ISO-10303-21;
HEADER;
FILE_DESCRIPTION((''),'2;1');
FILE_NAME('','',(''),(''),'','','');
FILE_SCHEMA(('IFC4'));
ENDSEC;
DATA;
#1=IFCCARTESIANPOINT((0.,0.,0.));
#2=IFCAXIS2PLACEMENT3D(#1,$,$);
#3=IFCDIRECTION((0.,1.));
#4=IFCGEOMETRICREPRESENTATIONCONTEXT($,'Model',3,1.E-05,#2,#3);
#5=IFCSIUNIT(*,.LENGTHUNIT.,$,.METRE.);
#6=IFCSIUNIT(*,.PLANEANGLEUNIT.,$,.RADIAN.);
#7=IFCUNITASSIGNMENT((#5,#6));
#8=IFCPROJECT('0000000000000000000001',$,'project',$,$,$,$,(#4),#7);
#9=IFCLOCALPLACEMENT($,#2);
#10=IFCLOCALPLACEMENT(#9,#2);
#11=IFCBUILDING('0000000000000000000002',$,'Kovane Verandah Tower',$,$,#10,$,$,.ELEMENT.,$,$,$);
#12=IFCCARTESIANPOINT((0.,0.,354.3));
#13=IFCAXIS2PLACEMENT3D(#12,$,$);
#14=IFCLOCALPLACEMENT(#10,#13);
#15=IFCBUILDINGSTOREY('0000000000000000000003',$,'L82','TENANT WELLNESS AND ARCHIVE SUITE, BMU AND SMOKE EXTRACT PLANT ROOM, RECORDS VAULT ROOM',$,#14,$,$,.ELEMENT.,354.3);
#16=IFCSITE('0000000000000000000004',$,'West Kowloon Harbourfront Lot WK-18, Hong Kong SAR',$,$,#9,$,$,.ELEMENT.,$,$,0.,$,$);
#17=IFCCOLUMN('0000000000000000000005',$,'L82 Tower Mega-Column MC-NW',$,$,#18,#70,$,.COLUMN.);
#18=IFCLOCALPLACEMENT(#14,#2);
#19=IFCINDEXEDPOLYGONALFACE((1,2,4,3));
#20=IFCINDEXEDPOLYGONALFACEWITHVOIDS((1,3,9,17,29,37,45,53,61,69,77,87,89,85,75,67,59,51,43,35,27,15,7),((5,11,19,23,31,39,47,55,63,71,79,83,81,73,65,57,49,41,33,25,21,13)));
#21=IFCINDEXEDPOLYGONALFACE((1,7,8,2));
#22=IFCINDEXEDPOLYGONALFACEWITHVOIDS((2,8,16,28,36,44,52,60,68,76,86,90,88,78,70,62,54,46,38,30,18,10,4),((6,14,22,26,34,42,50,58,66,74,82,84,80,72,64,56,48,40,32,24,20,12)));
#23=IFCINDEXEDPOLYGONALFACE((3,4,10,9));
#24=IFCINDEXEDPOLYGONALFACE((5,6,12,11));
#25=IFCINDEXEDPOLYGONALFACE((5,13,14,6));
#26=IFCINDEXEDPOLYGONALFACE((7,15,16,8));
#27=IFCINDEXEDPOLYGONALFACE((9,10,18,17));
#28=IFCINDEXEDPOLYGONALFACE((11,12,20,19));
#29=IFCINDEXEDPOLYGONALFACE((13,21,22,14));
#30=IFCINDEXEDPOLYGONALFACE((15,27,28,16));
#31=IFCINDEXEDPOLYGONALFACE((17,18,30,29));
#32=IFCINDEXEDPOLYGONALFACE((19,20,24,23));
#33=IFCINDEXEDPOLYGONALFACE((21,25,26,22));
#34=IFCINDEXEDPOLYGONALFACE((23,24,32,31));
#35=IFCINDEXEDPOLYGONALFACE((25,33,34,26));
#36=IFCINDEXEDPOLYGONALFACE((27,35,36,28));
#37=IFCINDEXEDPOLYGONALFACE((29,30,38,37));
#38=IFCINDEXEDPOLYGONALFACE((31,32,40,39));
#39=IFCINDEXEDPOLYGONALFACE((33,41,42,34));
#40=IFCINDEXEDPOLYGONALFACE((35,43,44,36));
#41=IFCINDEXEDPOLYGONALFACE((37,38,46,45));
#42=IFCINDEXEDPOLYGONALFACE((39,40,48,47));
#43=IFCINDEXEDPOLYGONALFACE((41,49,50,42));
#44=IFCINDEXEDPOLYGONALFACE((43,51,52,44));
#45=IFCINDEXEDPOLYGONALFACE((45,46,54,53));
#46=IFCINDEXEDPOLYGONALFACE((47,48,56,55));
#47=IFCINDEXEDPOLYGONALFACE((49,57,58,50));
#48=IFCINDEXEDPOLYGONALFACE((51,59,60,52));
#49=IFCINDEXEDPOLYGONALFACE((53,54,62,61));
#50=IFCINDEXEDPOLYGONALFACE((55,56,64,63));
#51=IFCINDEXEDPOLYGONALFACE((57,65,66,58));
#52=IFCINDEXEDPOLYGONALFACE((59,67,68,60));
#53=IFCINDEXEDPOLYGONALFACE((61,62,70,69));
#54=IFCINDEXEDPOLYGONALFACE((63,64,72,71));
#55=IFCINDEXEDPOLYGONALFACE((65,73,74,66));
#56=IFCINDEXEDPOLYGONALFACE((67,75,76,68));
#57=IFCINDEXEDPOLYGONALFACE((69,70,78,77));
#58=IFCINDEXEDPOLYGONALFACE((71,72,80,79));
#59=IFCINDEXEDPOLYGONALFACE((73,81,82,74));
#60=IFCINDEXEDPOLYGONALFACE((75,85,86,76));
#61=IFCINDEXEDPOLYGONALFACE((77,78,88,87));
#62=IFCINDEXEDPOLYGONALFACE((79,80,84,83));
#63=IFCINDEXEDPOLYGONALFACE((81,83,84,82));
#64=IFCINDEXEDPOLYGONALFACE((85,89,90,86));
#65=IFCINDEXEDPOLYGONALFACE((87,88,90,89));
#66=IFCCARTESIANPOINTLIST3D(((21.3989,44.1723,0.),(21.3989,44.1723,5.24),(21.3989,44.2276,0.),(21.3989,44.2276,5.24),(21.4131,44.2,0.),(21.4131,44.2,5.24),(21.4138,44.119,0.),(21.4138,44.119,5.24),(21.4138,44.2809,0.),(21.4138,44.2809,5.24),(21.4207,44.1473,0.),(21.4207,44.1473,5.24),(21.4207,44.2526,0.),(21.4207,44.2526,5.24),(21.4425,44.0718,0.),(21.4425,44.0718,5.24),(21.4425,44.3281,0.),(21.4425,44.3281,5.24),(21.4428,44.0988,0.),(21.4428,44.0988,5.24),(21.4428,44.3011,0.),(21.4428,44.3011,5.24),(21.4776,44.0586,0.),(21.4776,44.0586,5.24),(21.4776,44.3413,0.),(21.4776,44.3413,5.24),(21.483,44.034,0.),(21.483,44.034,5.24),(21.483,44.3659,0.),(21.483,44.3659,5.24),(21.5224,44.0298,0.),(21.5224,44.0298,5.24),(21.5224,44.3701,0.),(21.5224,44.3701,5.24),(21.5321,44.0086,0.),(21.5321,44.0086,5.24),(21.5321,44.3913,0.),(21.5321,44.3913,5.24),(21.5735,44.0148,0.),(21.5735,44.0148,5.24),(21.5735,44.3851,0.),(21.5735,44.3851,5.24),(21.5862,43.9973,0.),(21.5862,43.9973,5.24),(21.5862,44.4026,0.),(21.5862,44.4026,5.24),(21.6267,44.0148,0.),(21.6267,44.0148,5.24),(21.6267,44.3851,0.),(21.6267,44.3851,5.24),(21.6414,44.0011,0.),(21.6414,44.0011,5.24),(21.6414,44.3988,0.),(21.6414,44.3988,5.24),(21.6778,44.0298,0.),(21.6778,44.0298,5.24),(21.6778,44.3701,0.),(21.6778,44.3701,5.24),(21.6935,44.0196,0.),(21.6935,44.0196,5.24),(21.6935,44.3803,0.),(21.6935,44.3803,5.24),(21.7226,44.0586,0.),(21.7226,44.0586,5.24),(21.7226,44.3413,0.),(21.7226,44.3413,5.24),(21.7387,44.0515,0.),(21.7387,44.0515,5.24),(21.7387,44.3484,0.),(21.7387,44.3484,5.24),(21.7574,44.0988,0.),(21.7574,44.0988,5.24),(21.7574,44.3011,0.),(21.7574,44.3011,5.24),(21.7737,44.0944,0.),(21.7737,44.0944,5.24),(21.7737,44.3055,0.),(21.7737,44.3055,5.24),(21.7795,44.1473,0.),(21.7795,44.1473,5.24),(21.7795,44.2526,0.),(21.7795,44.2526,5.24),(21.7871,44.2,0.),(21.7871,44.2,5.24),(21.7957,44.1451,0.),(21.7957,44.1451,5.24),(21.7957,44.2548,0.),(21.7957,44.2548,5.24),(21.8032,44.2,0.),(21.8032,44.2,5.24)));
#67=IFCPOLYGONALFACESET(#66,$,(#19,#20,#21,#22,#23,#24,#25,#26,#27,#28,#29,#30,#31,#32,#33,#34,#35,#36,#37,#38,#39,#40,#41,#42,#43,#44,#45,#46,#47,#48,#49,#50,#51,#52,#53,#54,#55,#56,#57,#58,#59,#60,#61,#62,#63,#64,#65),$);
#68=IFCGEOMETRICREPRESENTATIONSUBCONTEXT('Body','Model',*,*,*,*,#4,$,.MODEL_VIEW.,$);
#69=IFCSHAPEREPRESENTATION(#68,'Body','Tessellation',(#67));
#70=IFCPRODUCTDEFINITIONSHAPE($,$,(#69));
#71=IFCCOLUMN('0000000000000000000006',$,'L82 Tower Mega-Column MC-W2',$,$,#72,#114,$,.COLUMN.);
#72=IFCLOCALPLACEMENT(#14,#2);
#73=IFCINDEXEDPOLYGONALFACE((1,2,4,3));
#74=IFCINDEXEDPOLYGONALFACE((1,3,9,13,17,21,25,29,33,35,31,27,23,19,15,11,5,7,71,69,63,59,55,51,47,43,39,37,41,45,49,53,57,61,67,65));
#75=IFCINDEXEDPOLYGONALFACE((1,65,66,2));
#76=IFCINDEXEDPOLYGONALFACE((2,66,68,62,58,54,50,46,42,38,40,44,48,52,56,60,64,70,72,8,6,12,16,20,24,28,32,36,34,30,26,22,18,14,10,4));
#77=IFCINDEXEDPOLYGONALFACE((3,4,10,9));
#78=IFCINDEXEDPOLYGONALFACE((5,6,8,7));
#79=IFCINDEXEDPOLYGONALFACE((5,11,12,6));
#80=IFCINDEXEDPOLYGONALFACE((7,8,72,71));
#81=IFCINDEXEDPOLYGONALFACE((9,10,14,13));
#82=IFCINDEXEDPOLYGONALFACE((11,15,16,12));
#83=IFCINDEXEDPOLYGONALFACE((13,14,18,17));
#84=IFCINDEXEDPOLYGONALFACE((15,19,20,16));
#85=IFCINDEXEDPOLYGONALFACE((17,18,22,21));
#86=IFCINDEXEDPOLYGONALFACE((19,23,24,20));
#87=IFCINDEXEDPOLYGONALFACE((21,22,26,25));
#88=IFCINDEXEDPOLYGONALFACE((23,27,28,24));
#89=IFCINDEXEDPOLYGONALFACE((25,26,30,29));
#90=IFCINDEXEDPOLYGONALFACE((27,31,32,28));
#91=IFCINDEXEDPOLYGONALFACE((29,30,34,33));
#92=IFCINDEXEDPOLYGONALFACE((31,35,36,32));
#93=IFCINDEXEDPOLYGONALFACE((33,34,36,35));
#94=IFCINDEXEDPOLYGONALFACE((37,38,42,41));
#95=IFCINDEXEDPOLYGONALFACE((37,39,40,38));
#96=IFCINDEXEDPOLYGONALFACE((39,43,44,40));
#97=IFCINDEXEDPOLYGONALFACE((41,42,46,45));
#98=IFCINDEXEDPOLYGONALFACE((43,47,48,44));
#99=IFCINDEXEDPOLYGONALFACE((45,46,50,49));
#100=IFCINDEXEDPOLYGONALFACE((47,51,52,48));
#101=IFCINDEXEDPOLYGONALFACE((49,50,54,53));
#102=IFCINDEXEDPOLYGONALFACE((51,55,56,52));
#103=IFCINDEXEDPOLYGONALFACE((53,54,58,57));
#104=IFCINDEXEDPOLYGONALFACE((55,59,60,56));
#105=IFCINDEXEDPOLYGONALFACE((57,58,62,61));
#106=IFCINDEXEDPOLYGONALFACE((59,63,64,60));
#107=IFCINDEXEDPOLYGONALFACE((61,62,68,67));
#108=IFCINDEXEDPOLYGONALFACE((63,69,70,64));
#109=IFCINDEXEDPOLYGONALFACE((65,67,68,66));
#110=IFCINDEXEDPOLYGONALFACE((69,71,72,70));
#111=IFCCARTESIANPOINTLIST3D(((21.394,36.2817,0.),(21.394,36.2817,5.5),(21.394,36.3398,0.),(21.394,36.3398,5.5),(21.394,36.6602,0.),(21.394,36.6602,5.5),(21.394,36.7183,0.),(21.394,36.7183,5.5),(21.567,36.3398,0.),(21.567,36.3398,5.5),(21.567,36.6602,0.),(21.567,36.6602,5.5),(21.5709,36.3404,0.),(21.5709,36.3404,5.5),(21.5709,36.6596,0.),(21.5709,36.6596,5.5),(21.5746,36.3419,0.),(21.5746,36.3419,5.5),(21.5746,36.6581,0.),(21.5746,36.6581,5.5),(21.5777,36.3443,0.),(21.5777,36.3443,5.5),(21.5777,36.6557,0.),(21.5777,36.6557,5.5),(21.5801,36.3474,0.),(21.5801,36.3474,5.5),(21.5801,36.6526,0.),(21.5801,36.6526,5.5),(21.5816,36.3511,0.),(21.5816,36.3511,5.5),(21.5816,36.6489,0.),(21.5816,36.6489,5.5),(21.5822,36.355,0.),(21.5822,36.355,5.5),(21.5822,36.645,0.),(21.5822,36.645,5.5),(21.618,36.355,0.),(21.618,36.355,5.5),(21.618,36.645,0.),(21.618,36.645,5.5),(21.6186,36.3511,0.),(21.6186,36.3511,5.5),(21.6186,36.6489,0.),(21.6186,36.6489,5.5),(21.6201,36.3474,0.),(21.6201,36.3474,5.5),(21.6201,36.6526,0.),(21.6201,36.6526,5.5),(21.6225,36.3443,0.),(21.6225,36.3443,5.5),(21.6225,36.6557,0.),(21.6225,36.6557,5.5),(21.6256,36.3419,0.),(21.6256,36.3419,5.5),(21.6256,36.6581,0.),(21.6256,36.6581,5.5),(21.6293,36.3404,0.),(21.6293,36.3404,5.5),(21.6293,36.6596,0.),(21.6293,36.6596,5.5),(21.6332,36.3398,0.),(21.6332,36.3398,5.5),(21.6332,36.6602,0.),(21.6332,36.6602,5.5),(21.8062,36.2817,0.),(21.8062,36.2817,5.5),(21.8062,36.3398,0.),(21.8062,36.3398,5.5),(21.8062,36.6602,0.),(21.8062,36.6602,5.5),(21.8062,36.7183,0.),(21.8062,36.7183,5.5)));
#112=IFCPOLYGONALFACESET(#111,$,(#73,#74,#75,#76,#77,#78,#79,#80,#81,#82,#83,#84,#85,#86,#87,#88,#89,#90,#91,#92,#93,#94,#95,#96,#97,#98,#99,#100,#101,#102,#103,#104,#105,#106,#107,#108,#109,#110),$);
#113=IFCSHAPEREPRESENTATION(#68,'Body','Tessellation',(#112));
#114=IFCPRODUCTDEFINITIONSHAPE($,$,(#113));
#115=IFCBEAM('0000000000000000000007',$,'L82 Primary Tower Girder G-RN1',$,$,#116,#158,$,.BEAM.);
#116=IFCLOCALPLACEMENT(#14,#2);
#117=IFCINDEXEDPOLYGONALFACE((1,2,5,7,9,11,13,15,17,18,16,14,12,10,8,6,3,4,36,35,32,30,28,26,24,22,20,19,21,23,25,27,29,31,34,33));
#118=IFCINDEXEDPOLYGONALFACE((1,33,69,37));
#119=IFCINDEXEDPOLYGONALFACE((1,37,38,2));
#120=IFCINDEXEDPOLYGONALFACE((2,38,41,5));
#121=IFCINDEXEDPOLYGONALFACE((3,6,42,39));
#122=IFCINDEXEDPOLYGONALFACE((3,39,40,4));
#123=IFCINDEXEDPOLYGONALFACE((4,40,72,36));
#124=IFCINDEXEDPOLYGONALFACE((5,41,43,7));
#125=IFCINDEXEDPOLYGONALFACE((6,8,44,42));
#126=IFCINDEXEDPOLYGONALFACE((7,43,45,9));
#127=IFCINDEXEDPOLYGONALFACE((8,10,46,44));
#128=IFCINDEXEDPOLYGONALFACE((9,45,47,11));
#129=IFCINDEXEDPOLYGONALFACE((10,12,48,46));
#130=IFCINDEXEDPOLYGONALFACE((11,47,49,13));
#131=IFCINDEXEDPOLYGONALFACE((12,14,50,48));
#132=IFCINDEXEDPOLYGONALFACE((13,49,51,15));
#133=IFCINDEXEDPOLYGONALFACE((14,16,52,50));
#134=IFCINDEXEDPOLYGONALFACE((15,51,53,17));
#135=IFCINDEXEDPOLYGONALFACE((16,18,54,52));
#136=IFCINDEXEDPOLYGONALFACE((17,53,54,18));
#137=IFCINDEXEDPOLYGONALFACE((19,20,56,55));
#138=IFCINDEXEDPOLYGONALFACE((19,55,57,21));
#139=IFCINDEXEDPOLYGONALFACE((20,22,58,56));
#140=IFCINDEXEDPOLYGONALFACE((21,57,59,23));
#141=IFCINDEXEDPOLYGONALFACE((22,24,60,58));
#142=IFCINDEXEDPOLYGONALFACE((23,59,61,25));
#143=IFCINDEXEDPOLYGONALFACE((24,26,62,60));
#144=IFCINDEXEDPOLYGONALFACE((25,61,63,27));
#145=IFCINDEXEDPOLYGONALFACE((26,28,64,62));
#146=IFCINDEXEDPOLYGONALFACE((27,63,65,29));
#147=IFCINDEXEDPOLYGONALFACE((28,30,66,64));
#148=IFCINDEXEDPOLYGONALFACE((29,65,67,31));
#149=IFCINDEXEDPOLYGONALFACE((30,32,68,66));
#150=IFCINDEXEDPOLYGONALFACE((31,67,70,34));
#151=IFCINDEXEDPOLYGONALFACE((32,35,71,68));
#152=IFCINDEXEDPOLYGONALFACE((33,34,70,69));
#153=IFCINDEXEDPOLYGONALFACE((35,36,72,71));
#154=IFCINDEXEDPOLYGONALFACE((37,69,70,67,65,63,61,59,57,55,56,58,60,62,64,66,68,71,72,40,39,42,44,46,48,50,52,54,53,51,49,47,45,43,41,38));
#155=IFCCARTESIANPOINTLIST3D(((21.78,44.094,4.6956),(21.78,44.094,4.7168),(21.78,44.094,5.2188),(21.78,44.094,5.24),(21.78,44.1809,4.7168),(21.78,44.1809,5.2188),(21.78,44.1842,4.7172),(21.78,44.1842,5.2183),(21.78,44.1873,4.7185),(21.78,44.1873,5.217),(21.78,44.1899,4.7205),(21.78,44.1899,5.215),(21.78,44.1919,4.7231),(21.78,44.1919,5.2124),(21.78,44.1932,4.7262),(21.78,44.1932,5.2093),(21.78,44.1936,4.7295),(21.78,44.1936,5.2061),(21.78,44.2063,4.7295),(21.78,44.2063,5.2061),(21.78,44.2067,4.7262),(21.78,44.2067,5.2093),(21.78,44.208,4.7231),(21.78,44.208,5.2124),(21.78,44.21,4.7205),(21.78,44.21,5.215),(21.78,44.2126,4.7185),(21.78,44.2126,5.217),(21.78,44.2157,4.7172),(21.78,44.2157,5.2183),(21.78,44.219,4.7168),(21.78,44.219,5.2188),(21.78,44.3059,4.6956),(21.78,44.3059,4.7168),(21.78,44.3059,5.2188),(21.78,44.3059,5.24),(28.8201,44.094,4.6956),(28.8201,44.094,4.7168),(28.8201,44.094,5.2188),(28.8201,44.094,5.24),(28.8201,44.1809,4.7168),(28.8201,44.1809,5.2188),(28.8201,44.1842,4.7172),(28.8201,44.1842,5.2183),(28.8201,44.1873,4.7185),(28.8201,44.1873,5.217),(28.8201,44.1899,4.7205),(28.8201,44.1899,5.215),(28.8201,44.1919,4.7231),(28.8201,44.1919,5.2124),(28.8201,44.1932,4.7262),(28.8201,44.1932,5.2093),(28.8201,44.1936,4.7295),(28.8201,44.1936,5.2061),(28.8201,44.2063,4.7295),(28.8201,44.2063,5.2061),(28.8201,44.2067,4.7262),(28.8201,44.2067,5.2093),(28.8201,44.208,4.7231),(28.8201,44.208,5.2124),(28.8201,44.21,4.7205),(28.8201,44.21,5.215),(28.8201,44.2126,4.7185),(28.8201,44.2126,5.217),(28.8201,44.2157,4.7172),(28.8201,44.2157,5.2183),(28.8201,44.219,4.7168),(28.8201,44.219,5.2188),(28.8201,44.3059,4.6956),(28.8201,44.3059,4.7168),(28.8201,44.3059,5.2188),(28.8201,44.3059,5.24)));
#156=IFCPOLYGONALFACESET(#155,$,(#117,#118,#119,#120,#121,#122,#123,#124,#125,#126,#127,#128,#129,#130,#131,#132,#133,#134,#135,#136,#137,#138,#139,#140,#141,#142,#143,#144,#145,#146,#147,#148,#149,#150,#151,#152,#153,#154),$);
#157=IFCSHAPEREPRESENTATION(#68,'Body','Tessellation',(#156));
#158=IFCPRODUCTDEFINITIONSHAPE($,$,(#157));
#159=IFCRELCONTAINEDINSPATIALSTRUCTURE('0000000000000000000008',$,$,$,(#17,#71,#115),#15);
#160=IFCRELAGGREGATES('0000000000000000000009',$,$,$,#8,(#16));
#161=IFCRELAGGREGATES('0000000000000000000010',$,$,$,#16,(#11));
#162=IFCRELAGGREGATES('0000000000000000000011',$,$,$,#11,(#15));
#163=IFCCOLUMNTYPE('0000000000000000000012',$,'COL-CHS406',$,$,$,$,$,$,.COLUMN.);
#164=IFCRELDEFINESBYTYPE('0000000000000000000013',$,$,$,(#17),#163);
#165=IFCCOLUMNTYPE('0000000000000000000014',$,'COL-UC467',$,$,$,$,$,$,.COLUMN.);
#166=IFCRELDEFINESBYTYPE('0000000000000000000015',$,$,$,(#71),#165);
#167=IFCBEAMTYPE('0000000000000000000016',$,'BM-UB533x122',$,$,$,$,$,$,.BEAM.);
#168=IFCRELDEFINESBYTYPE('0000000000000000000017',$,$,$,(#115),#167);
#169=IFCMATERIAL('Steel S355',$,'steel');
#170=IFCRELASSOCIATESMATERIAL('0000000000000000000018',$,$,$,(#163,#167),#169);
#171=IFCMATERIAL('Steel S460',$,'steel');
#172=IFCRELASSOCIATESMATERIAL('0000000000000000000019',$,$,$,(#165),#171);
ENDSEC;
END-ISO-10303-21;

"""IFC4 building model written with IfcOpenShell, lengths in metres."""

from ifc_helpers import new_model, si_unit, direction, frame, origin, origin_2d, place, context, subcontext, project, spatial, hollow_circle, i_section, extrude, material, material_profile, profile_set, type_object, element, save


model = new_model("IFC4")

# Units and contexts
model_context = context("Model", 3, precision=1e-05, world=origin(), true_north=direction((0.0, 1.0)))
body_context = subcontext(model_context, "Body", "Model", "MODEL_VIEW")
ifc_project = project(units=[si_unit("LENGTHUNIT", "METRE"), si_unit("PLANEANGLEUNIT", "RADIAN")], contexts=[model_context])

# Site, building, storey
site_placement = place(None, origin())
site = spatial("IfcSite", under=ifc_project, at=site_placement, Name="West Kowloon Harbourfront Lot WK-18, Hong Kong SAR", CompositionType="ELEMENT", RefElevation=0.0)
building_placement = place(site_placement, origin())
building = spatial("IfcBuilding", under=site, at=building_placement, Name="Kovane Verandah Tower", CompositionType="ELEMENT")
storey_placement = place(building_placement, frame((0.0, 0.0, 354.3)))
storey = spatial("IfcBuildingStorey", under=building, at=storey_placement, Name="L82", Description="TENANT WELLNESS AND ARCHIVE SUITE, BMU AND SMOKE EXTRACT PLANT ROOM, RECORDS VAULT ROOM", CompositionType="ELEMENT", Elevation=354.3)

# Columns
ifc_material_1 = material(Name="Steel S355", Category="steel")
ifc_material_profile_1 = material_profile(ifc_material_1, hollow_circle(Radius=0.2031, WallThickness=0.0161, at=origin_2d()), Name="CHS406.4x16")
ifc_profile_set_1 = profile_set([ifc_material_profile_1], Name="Steel S355")
column_type_1 = type_object("IfcColumnType", Name="COL-CHS406", PredefinedType="COLUMN", material=ifc_profile_set_1)
column_1_placement = place(storey_placement, frame((21.6001, 44.2, 0.0), z_axis=(0.0, 0.0, 1.0), x_axis=(1.0, 0.0, 0.0)))
element("IfcColumn", 1, at=column_1_placement, inside=storey, type_object=column_type_1, Name="L82 Tower Mega-Column MC-NW", PredefinedType="COLUMN", context=body_context, shape_type="SweptSolid", body=[
    extrude(hollow_circle(Radius=0.2031, WallThickness=0.0161, at=origin_2d()), origin(), (0.0, 0.0, 1.0), 5.24),
])
ifc_material_2 = material(Name="Steel S460", Category="steel")
ifc_material_profile_2 = material_profile(ifc_material_2, i_section(OverallWidth=0.4121, OverallDepth=0.4365, WebThickness=0.0359, FlangeThickness=0.0581, FilletRadius=0.0151, at=origin_2d()), Name="UC356x406x467")
ifc_profile_set_2 = profile_set([ifc_material_profile_2], Name="Steel S460")
column_type_2 = type_object("IfcColumnType", Name="COL-UC467", PredefinedType="COLUMN", material=ifc_profile_set_2)
column_2_placement = place(storey_placement, frame((21.6001, 36.5, 0.0), z_axis=(0.0, 0.0, 1.0), x_axis=(1.0, 0.0, 0.0)))
element("IfcColumn", 2, at=column_2_placement, inside=storey, type_object=column_type_2, Name="L82 Tower Mega-Column MC-W2", PredefinedType="COLUMN", context=body_context, shape_type="SweptSolid", body=[
    extrude(i_section(OverallWidth=0.4121, OverallDepth=0.4365, WebThickness=0.0359, FlangeThickness=0.0581, FilletRadius=0.0151, at=origin_2d()), origin(), (0.0, 0.0, 1.0), 5.5),
])

# Beam
ifc_material_profile_3 = material_profile(ifc_material_1, i_section(OverallWidth=0.2119, OverallDepth=0.5444, WebThickness=0.0127, FlangeThickness=0.0212, FilletRadius=0.0127, at=origin_2d()), Name="UB533x210x122")
ifc_profile_set_3 = profile_set([ifc_material_profile_3], Name="Steel S355")
beam_type = type_object("IfcBeamType", Name="BM-UB533x122", PredefinedType="BEAM", material=ifc_profile_set_3)
beam_1_placement = place(storey_placement, frame((21.78, 44.2, 4.9678), z_axis=(1.0, 0.0, 0.0), x_axis=(0.0, 1.0, 0.0)))
element("IfcBeam", 3, at=beam_1_placement, inside=storey, type_object=beam_type, Name="L82 Primary Tower Girder G-RN1", PredefinedType="BEAM", context=body_context, shape_type="SweptSolid", body=[
    extrude(i_section(OverallWidth=0.2119, OverallDepth=0.5444, WebThickness=0.0127, FlangeThickness=0.0212, FilletRadius=0.0127, at=origin_2d()), origin(), (0.0, 0.0, 1.0), 7.04),
])

save(model, "model.ifc")
